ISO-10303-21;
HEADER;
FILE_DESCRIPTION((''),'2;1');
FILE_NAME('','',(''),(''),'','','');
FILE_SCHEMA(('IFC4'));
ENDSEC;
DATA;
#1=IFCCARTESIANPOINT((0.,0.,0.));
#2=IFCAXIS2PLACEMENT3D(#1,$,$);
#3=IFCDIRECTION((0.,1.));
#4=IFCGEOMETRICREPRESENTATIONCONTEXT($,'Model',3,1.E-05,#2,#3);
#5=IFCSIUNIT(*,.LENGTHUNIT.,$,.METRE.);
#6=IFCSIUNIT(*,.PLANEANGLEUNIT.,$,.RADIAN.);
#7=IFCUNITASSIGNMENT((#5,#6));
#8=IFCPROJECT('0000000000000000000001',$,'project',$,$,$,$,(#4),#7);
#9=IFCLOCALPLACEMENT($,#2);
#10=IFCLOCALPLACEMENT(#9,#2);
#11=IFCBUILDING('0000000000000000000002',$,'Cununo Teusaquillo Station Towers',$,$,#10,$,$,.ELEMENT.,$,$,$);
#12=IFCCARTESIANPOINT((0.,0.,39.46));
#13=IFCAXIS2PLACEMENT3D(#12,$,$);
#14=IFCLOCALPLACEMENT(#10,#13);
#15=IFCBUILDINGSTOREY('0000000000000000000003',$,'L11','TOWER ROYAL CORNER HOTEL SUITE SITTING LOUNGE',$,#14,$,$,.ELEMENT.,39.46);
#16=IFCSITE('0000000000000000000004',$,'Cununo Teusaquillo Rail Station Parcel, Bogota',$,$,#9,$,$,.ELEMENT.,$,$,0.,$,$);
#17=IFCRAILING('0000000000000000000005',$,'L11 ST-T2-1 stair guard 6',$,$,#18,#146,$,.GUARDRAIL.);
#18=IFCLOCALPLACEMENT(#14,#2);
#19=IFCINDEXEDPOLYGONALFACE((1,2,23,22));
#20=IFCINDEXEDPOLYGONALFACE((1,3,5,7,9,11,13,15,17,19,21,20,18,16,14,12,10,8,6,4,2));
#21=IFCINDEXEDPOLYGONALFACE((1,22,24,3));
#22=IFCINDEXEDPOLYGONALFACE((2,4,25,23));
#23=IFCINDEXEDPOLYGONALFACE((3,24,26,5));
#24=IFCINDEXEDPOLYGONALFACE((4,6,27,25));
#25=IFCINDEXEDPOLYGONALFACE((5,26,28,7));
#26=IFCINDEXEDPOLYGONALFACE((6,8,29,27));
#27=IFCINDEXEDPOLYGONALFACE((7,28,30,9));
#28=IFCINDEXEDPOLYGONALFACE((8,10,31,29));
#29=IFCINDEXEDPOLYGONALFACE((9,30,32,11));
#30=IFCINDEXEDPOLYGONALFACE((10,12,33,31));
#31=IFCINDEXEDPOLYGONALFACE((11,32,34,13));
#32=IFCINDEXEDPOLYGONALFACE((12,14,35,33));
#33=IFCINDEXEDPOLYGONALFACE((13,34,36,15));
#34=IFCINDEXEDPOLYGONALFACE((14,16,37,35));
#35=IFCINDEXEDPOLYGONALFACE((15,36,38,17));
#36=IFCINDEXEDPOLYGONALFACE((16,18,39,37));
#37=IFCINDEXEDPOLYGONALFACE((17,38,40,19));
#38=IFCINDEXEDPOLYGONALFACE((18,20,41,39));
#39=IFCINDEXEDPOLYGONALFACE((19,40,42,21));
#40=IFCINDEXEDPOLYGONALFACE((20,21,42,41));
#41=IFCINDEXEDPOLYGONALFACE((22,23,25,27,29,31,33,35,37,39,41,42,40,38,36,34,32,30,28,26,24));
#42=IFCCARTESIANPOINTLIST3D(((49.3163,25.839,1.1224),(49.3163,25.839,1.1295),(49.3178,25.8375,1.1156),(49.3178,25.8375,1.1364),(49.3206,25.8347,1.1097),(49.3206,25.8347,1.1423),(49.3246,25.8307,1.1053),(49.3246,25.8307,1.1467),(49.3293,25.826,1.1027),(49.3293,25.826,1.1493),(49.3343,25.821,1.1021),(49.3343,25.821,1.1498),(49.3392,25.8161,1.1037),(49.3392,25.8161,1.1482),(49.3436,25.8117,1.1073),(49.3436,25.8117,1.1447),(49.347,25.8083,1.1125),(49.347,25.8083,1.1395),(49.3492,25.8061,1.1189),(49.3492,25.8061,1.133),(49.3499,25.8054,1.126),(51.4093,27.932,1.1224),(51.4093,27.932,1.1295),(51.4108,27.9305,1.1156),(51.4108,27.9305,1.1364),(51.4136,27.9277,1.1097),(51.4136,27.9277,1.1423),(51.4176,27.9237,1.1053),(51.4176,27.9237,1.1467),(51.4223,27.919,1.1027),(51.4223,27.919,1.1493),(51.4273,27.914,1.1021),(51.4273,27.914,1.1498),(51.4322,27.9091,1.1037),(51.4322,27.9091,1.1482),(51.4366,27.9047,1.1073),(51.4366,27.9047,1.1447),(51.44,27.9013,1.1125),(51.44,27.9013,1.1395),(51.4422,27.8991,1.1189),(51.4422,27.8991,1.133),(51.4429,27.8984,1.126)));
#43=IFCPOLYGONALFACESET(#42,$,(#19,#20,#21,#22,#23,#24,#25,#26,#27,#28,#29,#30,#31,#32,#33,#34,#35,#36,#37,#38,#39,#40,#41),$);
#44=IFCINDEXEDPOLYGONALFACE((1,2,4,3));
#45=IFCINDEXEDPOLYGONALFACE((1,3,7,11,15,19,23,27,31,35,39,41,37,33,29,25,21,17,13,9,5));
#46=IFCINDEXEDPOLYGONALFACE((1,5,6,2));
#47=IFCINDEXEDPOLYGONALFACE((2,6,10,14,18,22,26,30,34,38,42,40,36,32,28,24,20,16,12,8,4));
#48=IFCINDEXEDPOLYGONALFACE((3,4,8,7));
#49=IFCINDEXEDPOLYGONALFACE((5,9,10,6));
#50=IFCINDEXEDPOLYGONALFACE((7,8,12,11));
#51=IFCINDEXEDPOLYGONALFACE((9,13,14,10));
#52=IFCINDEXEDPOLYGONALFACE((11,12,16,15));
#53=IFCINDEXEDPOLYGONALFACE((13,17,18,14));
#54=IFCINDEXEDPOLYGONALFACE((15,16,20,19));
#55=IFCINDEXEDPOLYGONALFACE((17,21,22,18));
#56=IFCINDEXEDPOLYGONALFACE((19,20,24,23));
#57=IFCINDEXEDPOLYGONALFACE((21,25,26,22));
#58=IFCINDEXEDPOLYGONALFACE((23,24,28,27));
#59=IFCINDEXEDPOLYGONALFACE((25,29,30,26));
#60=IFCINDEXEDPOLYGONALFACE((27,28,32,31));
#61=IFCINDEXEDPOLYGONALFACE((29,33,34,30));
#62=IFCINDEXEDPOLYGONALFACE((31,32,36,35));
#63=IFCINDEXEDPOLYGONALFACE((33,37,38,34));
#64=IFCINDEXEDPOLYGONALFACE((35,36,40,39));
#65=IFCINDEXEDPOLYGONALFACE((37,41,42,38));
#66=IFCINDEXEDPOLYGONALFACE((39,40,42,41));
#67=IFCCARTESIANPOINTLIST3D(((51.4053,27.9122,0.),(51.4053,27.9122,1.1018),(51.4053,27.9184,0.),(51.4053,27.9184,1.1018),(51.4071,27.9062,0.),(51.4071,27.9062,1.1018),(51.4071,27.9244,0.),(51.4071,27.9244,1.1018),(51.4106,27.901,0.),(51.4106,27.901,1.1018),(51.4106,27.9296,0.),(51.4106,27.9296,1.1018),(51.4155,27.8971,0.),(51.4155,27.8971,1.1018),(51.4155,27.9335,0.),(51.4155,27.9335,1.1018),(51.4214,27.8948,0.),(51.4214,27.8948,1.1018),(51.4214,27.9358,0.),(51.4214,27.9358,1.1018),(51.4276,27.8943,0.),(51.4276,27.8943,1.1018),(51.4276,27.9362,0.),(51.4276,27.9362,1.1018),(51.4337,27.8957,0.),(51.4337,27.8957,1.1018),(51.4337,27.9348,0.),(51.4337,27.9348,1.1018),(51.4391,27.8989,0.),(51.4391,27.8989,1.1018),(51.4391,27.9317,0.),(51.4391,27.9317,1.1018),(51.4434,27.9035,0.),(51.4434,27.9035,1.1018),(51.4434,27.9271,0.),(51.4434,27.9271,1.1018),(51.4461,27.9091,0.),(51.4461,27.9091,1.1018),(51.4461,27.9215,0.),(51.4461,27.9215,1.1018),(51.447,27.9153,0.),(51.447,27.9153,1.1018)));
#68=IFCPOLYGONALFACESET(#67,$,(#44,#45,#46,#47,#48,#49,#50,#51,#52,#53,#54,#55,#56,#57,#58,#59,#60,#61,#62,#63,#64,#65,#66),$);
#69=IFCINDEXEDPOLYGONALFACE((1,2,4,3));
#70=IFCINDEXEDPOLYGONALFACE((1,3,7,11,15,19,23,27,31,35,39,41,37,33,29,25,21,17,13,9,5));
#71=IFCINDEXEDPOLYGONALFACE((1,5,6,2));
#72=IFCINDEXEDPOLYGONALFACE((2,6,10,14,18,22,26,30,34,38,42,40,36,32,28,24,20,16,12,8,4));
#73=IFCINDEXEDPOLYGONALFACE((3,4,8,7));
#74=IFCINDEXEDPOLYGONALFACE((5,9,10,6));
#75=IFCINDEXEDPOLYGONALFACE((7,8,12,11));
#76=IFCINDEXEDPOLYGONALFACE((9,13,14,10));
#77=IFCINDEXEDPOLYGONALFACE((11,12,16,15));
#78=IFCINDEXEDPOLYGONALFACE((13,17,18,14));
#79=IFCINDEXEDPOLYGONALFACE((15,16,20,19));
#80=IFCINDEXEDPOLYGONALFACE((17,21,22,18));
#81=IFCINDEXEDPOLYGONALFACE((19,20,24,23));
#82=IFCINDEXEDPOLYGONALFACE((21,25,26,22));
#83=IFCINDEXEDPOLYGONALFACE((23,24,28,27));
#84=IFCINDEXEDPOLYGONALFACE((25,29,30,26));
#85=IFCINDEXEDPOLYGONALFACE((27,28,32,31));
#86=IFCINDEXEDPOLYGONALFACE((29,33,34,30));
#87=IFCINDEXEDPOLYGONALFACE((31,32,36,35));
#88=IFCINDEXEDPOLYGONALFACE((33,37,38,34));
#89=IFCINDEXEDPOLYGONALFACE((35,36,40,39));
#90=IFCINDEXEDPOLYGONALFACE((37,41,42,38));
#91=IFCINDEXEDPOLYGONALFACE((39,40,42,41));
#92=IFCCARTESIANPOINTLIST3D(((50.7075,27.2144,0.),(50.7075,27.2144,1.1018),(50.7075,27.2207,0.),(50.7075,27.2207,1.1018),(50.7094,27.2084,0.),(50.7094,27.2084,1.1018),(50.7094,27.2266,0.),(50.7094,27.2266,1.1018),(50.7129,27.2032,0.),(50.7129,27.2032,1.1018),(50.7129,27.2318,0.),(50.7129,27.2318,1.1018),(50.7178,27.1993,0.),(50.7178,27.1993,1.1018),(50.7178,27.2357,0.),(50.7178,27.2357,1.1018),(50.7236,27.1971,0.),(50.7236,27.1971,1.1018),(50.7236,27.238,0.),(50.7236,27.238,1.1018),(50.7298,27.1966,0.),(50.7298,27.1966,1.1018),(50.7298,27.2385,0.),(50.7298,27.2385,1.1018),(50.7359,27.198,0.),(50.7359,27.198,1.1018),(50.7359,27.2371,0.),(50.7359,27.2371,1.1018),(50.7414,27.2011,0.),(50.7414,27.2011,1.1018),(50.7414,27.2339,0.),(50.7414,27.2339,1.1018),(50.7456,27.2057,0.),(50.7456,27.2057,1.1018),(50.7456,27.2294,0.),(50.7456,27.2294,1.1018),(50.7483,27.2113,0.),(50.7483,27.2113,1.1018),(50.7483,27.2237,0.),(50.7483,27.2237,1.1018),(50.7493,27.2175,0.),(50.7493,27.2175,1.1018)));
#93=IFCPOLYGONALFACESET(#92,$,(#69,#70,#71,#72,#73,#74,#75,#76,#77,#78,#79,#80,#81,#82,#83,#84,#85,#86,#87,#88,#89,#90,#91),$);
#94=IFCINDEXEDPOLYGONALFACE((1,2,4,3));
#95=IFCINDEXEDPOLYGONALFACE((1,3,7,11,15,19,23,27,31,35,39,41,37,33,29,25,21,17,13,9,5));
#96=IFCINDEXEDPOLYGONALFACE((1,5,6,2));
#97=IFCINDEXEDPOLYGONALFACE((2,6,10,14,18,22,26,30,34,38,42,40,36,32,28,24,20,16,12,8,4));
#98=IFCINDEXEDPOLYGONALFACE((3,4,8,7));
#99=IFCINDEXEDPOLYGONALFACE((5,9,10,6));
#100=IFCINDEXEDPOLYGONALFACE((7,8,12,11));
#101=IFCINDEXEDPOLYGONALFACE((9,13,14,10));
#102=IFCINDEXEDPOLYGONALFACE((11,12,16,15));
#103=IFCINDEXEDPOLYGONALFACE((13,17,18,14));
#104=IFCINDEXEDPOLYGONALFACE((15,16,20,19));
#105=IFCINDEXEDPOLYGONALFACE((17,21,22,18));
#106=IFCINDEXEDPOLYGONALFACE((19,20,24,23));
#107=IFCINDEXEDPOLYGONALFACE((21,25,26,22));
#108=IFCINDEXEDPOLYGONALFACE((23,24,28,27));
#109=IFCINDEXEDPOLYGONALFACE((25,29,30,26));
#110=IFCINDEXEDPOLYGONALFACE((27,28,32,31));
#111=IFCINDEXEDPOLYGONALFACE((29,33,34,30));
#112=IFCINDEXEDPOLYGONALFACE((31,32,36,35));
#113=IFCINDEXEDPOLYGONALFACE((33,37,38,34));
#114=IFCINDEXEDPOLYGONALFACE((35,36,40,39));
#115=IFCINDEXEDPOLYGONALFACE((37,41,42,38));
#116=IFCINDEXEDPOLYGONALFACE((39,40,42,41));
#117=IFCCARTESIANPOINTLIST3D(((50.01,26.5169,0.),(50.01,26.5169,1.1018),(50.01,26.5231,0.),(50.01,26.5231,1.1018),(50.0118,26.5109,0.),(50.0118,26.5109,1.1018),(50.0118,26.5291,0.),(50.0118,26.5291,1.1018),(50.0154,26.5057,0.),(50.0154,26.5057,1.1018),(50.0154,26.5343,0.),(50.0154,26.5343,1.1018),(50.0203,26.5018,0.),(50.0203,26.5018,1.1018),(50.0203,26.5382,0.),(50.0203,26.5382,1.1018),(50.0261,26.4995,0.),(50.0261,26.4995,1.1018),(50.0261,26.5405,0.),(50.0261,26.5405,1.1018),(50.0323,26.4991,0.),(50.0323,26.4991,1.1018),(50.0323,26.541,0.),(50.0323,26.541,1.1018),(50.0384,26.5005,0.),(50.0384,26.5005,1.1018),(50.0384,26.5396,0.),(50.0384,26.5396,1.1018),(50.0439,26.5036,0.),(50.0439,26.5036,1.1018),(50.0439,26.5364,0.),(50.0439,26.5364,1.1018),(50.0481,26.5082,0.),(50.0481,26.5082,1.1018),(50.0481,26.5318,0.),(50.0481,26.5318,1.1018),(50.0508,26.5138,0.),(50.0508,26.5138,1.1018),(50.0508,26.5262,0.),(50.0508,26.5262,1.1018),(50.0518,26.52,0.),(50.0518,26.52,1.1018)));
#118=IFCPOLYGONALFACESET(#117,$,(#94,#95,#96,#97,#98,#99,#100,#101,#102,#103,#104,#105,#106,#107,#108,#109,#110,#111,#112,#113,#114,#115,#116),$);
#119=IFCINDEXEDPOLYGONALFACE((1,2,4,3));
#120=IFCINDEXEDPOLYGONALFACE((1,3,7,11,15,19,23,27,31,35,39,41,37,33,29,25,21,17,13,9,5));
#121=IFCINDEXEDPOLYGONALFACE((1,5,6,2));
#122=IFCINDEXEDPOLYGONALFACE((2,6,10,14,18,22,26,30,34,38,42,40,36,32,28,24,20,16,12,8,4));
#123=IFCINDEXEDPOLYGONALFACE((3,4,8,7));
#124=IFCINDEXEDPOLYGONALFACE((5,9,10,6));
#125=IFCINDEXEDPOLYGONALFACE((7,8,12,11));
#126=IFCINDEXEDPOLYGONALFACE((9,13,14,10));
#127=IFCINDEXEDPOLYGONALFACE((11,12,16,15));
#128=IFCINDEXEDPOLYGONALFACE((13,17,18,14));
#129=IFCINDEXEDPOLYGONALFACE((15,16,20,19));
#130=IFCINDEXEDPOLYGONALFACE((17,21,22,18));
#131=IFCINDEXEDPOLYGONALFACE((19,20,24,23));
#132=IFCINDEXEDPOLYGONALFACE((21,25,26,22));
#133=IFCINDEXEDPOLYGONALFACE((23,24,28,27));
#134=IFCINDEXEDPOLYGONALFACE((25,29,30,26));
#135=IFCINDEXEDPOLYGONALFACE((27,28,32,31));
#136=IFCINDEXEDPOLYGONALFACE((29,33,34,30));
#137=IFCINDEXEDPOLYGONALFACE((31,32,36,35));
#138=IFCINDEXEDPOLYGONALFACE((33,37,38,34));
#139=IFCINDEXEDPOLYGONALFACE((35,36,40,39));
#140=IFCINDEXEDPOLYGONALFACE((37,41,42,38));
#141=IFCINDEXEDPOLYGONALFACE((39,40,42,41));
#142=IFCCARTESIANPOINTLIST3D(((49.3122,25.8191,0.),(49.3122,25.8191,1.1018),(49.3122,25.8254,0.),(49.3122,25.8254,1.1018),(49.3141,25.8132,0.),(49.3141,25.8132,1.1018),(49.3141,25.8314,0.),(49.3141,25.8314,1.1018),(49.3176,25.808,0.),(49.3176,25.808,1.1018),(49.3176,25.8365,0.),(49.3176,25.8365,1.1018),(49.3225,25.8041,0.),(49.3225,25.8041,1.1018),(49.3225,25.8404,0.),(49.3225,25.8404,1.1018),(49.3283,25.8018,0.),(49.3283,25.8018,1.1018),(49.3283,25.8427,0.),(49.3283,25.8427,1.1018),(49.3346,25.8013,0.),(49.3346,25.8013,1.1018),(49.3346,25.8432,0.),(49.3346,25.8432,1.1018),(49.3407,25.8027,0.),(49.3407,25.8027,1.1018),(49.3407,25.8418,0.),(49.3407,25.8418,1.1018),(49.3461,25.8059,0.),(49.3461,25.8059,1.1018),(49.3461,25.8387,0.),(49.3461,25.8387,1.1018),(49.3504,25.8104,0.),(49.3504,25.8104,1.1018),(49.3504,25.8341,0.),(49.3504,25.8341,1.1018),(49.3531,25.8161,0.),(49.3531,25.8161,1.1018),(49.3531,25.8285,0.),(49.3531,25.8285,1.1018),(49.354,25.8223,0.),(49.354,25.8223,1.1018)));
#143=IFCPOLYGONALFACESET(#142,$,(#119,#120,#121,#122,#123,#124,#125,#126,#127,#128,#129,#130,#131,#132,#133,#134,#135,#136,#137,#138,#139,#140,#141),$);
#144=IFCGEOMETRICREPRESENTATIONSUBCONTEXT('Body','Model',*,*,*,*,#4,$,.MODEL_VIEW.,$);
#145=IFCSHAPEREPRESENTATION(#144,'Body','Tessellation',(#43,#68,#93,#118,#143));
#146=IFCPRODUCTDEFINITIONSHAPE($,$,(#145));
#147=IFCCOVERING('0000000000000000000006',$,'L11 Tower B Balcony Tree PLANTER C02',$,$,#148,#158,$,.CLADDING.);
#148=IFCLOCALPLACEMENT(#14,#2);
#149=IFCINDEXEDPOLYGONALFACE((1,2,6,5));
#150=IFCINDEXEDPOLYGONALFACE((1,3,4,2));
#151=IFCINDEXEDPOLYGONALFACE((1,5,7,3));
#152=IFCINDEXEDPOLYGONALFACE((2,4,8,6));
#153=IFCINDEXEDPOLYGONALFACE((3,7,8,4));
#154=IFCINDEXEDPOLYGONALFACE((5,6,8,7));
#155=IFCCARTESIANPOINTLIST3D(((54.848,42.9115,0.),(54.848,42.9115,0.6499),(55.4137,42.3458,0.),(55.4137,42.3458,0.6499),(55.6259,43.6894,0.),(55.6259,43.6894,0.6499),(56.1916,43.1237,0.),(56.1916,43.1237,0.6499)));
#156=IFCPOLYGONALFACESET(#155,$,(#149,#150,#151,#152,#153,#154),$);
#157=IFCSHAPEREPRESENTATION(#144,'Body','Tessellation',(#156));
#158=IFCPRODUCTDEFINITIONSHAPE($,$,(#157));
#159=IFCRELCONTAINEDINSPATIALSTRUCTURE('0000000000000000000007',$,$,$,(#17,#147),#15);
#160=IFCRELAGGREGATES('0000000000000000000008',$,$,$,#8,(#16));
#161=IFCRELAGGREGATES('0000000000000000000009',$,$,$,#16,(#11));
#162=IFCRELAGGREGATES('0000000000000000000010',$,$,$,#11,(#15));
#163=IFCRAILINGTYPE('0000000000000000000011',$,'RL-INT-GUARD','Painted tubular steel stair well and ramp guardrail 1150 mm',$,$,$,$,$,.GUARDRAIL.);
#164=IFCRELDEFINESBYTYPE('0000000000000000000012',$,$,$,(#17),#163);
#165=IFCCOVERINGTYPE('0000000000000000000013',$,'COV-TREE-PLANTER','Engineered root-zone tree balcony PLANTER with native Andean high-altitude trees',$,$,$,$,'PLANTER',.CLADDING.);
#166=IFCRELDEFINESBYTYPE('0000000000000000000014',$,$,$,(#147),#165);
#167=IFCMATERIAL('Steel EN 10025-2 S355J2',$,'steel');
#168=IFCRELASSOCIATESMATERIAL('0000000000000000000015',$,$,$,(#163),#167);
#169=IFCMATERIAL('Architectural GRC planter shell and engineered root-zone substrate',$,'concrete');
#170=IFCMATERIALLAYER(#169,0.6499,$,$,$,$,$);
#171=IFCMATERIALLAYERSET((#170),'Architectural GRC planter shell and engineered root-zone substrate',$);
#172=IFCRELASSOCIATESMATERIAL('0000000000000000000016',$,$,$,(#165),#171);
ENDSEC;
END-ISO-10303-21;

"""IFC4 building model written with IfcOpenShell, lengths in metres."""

from ifc_helpers import new_model, si_unit, direction, frame, origin, origin_2d, place, context, subcontext, project, spatial, rectangle, circle, extrude, source, transform, mapped, material, layer, layer_set, type_object, element, save


model = new_model("IFC4")

# Units and contexts
model_context = context("Model", 3, precision=1e-05, world=origin(), true_north=direction((0.0, 1.0)))
body_context = subcontext(model_context, "Body", "Model", "MODEL_VIEW")
ifc_project = project(units=[si_unit("LENGTHUNIT", "METRE"), si_unit("PLANEANGLEUNIT", "RADIAN")], contexts=[model_context])

# Site, building, storey
site_placement = place(None, origin())
site = spatial("IfcSite", under=ifc_project, at=site_placement, Name="Cununo Teusaquillo Rail Station Parcel, Bogota", CompositionType="ELEMENT", RefElevation=0.0)
building_placement = place(site_placement, origin())
building = spatial("IfcBuilding", under=site, at=building_placement, Name="Cununo Teusaquillo Station Towers", CompositionType="ELEMENT")
storey_placement = place(building_placement, frame((0.0, 0.0, 39.46)))
storey = spatial("IfcBuildingStorey", under=building, at=storey_placement, Name="L11", Description="TOWER ROYAL CORNER HOTEL SUITE SITTING LOUNGE", CompositionType="ELEMENT", Elevation=39.46)

# Railing
ifc_material_1 = material(Name="Steel EN 10025-2 S355J2", Category="steel")
railing_type_1 = type_object("IfcRailingType", Name="RL-INT-GUARD", Description="Painted tubular steel stair well and ramp guardrail 1150 mm", PredefinedType="GUARDRAIL", material=ifc_material_1)
railing_1_placement = place(storey_placement, frame((51.426, 27.9153, 0.0)))
element("IfcRailing", 1, at=railing_1_placement, inside=storey, type_object=railing_type_1, Name="L11 ST-T2-1 stair guard 6", PredefinedType="GUARDRAIL", context=body_context, shape_type="SweptSolid", body=[
    extrude(circle(Radius=0.0239, at=origin_2d()), frame((0.0, 0.0, 1.126), z_axis=(-0.707107, -0.707107, 0.0), x_axis=(0.707107, -0.707107, 0.0)), (0.0, 0.0, 1.0), 2.96),
    extrude(circle(Radius=0.021, at=origin_2d()), origin(), (0.0, 0.0, 1.0), 1.1018),
    extrude(circle(Radius=0.021, at=origin_2d()), frame((-0.6978, -0.6978, 0.0)), (0.0, 0.0, 1.0), 1.1018),
    extrude(circle(Radius=0.021, at=origin_2d()), frame((-1.3953, -1.3953, 0.0)), (0.0, 0.0, 1.0), 1.1018),
    extrude(circle(Radius=0.021, at=origin_2d()), frame((-2.093, -2.093, 0.0)), (0.0, 0.0, 1.0), 1.1018),
])

# Covering
ifc_material_2 = material(Name="Architectural GRC planter shell and engineered root-zone substrate", Category="concrete")
ifc_layer_1 = layer(ifc_material_2, 0.6499)
ifc_layer_set_1 = layer_set([ifc_layer_1], Name="Architectural GRC planter shell and engineered root-zone substrate")
covering_type = type_object("IfcCoveringType", Name="COV-TREE-PLANTER", Description="Engineered root-zone tree balcony PLANTER with native Andean high-altitude trees", ElementType="PLANTER", PredefinedType="CLADDING", material=ifc_layer_set_1)
shared_shape_1 = source(origin(), body_context, "Body", "SweptSolid", [
    extrude(rectangle(XDim=1.1001, YDim=0.8, at=origin_2d()), origin(), (0.0, 0.0, 1.0), 0.6499),
])
covering_placement = place(storey_placement, frame((55.5198, 43.0176, 0.0), z_axis=(0.0, 0.0, 1.0), x_axis=(0.707107, 0.707107, 0.0)))
element("IfcCovering", 2, at=covering_placement, inside=storey, type_object=covering_type, Name="L11 Tower B Balcony Tree PLANTER C02", PredefinedType="CLADDING", context=body_context, shape_type="MappedRepresentation", body=[
    mapped(shared_shape_1, transform((0.0, 0.0, 0.0), x_axis=(1.0, 0.0, 0.0), y_axis=(0.0, 1.0, 0.0), z_axis=(0.0, 0.0, 1.0), scale=1.0)),
])

save(model, "model.ifc")
